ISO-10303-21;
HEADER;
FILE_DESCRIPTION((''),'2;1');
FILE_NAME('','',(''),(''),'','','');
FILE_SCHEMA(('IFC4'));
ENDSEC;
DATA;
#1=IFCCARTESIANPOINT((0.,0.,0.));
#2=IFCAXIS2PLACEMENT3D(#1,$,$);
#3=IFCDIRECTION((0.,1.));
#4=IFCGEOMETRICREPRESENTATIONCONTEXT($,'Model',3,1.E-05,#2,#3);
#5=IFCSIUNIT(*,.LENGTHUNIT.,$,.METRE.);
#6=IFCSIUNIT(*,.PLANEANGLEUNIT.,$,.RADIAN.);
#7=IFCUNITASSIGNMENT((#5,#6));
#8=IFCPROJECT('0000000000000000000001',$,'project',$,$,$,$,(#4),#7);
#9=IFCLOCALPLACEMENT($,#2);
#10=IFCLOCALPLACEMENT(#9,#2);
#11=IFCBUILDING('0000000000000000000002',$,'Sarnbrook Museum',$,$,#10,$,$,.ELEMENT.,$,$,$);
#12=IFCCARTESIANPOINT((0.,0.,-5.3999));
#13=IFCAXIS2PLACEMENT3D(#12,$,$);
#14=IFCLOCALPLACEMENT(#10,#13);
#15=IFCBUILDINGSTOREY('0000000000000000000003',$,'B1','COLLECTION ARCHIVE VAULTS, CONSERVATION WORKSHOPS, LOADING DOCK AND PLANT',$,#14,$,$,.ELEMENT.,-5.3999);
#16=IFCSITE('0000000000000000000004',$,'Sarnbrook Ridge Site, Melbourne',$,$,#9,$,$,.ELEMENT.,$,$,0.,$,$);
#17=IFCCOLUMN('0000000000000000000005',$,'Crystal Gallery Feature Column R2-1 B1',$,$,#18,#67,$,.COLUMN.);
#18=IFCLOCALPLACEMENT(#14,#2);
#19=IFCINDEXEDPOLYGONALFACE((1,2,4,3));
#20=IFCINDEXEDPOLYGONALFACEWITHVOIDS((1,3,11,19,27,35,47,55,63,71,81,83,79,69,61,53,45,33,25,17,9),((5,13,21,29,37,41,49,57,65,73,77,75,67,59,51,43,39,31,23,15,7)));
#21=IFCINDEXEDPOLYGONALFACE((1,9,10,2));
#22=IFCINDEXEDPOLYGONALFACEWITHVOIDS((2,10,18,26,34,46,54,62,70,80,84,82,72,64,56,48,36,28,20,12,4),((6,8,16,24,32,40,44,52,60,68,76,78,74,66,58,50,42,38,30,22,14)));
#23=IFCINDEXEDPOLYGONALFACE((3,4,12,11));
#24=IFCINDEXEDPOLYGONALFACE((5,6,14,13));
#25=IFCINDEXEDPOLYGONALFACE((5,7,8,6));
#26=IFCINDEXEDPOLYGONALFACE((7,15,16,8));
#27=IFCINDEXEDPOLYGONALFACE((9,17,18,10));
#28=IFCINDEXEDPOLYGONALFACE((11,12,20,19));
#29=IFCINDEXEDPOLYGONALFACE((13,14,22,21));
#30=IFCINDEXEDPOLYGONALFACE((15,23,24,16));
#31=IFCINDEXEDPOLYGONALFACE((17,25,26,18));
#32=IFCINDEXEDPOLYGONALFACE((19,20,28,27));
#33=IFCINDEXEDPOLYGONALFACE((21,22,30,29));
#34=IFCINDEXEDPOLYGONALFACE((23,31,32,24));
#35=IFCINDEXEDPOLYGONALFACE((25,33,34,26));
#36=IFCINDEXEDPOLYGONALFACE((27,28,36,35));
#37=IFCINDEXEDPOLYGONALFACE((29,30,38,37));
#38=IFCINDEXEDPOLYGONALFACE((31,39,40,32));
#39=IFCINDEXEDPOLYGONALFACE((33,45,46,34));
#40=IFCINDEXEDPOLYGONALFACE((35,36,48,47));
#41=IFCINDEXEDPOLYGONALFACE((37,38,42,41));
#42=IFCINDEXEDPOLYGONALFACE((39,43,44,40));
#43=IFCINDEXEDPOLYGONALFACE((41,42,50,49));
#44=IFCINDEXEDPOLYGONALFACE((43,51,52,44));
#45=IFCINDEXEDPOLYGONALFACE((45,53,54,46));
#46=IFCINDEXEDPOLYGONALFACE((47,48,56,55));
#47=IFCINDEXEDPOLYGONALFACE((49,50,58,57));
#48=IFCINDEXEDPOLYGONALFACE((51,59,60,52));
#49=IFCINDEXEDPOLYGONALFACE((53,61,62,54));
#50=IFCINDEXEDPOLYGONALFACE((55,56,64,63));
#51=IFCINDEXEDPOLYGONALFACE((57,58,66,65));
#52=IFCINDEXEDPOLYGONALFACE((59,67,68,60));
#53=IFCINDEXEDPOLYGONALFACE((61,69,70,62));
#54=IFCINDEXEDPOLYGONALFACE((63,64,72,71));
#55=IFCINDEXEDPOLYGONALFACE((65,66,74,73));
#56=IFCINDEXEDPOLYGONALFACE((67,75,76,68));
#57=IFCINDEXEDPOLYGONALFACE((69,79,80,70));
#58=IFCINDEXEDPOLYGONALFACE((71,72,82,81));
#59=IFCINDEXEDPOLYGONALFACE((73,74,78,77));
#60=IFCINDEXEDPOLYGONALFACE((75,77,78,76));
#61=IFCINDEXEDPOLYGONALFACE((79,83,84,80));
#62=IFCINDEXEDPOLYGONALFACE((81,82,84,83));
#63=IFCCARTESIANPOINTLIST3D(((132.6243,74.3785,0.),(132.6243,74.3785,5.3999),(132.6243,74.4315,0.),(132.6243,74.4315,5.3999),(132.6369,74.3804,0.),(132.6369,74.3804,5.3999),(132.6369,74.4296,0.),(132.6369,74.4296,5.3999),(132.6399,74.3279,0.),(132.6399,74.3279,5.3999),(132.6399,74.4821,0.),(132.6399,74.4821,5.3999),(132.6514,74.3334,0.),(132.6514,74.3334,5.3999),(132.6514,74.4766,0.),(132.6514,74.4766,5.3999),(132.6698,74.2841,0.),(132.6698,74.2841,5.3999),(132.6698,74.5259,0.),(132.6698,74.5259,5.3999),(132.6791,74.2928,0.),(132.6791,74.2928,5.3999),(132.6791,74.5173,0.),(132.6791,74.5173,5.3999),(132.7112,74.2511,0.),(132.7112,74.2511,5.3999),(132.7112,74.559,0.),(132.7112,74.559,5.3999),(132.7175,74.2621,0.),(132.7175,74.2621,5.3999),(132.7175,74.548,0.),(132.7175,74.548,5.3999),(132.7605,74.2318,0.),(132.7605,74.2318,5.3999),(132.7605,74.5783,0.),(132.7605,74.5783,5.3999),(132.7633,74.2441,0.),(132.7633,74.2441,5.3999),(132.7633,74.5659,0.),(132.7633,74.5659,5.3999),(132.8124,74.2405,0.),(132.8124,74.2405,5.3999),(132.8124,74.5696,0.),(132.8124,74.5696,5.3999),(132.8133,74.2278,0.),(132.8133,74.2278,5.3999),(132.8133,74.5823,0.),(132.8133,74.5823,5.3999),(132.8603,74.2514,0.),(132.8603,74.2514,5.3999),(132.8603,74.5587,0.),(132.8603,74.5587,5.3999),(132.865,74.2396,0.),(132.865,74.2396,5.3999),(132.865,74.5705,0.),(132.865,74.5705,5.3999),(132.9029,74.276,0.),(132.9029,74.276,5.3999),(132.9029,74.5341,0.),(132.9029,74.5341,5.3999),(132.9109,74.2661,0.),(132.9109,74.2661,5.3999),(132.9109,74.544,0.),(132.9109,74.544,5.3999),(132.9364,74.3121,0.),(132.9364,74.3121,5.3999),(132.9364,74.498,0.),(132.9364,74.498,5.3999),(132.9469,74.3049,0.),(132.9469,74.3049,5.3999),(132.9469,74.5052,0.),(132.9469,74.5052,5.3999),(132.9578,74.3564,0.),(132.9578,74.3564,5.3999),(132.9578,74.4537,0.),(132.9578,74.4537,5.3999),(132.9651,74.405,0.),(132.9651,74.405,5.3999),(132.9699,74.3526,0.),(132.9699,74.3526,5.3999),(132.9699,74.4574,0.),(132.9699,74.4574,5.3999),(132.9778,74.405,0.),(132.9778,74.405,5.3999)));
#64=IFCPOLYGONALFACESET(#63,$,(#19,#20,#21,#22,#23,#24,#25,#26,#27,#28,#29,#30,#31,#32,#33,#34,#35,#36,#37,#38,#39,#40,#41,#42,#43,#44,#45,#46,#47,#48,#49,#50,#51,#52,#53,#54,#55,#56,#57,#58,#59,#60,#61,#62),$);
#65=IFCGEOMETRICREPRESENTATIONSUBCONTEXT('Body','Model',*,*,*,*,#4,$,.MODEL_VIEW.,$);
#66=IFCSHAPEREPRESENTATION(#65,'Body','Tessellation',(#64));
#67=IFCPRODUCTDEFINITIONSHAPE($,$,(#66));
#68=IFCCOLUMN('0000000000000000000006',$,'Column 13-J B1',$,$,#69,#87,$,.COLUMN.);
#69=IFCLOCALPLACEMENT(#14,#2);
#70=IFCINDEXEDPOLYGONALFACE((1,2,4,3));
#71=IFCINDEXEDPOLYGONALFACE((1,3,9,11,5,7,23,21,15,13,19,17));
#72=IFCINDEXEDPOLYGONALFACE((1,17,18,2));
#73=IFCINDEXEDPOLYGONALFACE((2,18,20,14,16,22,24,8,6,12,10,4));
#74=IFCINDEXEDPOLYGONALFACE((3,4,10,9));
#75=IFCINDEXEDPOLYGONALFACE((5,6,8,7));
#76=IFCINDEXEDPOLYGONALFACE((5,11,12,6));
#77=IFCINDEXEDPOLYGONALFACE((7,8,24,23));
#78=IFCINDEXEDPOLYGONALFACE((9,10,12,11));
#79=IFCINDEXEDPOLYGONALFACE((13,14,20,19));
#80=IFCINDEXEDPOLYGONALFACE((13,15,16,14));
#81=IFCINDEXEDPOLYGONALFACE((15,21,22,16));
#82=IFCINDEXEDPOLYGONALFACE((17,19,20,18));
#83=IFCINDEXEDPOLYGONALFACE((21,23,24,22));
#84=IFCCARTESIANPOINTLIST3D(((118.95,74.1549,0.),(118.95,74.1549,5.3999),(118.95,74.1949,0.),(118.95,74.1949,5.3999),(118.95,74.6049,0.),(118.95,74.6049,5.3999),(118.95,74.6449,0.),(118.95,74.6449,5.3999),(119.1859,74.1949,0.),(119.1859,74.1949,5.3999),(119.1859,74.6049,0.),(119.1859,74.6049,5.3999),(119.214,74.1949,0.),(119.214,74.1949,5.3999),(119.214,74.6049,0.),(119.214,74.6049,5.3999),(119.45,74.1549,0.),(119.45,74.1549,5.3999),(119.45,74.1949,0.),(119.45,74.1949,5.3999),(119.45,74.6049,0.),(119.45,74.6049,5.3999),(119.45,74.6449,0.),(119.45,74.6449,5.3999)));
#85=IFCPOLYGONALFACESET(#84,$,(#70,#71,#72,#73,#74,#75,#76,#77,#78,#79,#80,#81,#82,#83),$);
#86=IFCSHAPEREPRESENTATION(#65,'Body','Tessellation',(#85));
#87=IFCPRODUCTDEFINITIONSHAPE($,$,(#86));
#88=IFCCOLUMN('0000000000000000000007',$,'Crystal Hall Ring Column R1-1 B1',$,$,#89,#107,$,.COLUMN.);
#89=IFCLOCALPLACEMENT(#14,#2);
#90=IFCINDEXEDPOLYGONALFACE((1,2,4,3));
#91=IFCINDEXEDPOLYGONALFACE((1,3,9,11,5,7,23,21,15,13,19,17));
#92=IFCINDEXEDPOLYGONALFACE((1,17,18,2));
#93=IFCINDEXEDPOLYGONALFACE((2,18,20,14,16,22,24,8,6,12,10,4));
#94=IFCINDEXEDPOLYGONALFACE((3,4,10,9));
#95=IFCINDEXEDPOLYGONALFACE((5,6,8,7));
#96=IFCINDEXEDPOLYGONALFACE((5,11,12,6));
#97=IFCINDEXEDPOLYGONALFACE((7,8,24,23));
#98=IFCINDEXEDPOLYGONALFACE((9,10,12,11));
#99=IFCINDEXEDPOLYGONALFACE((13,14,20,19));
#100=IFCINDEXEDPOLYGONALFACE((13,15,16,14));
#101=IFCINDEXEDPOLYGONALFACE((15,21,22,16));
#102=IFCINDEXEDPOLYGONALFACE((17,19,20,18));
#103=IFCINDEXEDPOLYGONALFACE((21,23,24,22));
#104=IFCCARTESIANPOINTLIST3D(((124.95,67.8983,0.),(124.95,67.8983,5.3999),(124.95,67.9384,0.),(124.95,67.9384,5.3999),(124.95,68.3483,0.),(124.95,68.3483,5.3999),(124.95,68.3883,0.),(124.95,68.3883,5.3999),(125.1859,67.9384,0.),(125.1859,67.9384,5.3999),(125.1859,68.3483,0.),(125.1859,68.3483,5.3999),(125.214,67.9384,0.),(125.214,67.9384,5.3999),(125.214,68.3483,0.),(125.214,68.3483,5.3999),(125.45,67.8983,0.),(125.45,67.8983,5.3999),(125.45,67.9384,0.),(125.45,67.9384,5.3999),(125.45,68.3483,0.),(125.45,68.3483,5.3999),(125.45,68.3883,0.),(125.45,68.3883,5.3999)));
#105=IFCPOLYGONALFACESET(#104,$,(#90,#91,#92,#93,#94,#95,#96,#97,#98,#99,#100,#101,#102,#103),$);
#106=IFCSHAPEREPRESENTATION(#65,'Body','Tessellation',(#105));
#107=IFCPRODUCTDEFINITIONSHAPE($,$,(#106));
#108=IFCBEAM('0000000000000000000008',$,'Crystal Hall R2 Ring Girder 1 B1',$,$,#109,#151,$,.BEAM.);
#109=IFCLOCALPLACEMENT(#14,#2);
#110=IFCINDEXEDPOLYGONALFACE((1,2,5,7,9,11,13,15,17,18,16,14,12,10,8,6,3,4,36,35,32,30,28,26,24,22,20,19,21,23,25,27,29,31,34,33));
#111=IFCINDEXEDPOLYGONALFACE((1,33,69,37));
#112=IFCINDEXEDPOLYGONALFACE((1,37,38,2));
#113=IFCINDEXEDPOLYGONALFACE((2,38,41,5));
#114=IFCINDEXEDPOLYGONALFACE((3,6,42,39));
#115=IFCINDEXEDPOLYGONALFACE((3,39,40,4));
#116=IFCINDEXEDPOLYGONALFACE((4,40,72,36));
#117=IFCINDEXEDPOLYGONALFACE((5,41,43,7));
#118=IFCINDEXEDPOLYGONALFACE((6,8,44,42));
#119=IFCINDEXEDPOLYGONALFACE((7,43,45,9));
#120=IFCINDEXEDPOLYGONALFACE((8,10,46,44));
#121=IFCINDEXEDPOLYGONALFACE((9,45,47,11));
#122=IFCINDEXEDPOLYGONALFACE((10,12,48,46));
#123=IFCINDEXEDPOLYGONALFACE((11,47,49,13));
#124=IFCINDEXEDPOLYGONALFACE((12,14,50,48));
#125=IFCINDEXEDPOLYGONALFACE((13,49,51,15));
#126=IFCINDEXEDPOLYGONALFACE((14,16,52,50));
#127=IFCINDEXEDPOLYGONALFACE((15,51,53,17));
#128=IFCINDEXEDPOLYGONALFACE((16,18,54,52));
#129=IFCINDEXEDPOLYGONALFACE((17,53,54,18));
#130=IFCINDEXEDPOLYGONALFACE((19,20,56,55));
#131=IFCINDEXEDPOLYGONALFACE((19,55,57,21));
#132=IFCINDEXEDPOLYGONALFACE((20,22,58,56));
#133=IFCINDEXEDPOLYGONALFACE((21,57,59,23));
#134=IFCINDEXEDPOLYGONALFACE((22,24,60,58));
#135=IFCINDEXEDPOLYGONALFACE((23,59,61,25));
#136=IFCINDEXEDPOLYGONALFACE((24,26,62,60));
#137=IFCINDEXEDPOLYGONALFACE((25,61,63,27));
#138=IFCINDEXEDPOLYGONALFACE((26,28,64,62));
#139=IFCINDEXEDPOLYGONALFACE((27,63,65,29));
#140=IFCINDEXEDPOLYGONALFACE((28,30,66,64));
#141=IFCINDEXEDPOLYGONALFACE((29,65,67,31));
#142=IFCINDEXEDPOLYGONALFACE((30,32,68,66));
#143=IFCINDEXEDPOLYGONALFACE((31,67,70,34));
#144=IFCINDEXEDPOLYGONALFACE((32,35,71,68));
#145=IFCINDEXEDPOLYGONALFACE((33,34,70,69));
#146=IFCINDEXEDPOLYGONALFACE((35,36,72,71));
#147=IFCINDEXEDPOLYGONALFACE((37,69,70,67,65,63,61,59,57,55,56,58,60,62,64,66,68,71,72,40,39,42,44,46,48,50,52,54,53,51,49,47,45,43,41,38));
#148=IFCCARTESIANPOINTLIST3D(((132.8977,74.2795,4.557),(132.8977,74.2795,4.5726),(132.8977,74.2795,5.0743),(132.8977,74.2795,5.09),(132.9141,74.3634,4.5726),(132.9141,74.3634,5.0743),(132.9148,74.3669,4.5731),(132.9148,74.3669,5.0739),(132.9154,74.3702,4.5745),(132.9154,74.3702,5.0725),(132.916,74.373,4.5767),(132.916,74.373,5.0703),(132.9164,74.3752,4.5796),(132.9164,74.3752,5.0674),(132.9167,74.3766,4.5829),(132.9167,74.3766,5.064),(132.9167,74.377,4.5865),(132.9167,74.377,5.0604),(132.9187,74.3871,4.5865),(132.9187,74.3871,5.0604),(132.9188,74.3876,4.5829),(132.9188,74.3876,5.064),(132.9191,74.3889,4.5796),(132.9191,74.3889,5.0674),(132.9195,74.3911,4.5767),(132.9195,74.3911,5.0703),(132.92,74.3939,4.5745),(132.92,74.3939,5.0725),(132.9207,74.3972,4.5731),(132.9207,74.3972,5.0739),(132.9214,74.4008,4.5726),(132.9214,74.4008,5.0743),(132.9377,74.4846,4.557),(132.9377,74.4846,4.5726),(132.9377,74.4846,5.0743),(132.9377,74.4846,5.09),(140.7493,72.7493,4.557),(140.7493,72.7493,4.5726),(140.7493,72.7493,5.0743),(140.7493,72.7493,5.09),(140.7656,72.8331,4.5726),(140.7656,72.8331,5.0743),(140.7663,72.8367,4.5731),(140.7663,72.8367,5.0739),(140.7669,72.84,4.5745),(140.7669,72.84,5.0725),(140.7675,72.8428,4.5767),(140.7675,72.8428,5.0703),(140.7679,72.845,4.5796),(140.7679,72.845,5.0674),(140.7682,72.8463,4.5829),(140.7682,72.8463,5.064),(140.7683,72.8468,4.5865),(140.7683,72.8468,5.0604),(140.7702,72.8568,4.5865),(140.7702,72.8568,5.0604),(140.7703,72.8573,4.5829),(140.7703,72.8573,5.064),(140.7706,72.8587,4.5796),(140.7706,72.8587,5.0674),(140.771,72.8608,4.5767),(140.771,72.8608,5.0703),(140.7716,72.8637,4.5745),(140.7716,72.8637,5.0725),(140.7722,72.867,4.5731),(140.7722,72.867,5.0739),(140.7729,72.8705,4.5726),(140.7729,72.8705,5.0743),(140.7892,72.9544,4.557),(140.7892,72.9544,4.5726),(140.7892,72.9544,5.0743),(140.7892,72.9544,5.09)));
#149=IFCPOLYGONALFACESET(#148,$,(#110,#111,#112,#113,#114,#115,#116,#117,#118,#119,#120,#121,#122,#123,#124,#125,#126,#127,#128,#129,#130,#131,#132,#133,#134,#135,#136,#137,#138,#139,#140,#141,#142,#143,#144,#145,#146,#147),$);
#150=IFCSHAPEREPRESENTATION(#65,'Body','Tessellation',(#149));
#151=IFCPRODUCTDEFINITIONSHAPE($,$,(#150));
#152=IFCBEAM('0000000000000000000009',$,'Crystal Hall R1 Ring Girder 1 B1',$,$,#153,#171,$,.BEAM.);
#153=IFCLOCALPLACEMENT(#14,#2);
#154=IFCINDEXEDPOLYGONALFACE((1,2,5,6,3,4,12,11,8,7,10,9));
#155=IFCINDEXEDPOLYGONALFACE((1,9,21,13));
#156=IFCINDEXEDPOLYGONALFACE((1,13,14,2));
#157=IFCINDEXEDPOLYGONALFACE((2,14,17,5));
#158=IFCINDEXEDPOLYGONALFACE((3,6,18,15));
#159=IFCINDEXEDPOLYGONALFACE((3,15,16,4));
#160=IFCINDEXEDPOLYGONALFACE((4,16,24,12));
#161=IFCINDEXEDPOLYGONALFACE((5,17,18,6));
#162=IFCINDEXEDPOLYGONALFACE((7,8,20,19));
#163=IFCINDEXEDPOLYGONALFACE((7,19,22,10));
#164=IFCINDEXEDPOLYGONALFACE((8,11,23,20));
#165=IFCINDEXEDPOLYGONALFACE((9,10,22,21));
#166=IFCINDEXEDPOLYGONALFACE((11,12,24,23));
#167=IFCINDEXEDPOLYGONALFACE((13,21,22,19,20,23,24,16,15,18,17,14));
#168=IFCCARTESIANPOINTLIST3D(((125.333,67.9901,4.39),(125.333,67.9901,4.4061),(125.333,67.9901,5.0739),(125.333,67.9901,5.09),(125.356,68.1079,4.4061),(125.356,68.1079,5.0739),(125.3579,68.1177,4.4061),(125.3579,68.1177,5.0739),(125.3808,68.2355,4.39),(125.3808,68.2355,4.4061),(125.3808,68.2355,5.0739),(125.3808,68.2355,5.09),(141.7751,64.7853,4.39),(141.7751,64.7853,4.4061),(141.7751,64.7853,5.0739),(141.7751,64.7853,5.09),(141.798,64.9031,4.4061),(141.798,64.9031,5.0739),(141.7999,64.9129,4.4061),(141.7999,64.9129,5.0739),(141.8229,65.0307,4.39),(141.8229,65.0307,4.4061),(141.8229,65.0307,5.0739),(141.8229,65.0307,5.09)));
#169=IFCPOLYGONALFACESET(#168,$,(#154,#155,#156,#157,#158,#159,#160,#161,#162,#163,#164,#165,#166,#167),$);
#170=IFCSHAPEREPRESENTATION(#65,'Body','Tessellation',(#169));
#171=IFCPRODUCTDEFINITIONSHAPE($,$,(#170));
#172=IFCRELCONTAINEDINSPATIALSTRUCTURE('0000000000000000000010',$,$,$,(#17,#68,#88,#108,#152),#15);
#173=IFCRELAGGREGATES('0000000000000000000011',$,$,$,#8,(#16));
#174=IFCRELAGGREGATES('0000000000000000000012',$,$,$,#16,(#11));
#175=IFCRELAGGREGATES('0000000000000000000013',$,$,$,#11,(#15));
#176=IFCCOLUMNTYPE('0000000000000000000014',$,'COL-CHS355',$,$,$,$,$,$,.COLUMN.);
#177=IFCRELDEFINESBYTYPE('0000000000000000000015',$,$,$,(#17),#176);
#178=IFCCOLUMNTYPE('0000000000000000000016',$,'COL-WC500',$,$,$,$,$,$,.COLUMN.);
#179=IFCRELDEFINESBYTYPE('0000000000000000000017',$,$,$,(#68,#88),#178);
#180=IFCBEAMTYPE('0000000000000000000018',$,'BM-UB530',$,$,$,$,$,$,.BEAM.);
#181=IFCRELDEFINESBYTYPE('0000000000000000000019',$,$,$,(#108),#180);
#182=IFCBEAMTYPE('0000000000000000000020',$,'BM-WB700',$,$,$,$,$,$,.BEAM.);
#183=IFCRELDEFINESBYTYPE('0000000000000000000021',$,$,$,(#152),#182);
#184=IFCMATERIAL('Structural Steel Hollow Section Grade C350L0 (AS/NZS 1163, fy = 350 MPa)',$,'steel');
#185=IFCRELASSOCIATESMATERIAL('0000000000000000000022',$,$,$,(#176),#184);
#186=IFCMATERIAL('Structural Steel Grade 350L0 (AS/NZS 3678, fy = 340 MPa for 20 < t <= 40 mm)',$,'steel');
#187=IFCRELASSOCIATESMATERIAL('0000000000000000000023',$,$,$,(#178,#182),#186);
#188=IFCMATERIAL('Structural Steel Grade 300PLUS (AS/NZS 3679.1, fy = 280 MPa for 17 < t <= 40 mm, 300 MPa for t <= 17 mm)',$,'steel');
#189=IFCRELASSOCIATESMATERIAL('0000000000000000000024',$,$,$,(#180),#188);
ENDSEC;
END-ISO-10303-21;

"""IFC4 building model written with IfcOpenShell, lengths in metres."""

from ifc_helpers import new_model, si_unit, direction, frame, origin, origin_2d, place, context, subcontext, project, spatial, hollow_circle, i_section, extrude, material, material_profile, profile_set, type_object, element, save


model = new_model("IFC4")

# Units and contexts
model_context = context("Model", 3, precision=1e-05, world=origin(), true_north=direction((0.0, 1.0)))
body_context = subcontext(model_context, "Body", "Model", "MODEL_VIEW")
ifc_project = project(units=[si_unit("LENGTHUNIT", "METRE"), si_unit("PLANEANGLEUNIT", "RADIAN")], contexts=[model_context])

# Site, building, storey
site_placement = place(None, origin())
site = spatial("IfcSite", under=ifc_project, at=site_placement, Name="Sarnbrook Ridge Site, Melbourne", CompositionType="ELEMENT", RefElevation=0.0)
building_placement = place(site_placement, origin())
building = spatial("IfcBuilding", under=site, at=building_placement, Name="Sarnbrook Museum", CompositionType="ELEMENT")
storey_placement = place(building_placement, frame((0.0, 0.0, -5.3999)))
storey = spatial("IfcBuildingStorey", under=building, at=storey_placement, Name="B1", Description="COLLECTION ARCHIVE VAULTS, CONSERVATION WORKSHOPS, LOADING DOCK AND PLANT", CompositionType="ELEMENT", Elevation=-5.3999)

# Columns
ifc_material_1 = material(Name="Structural Steel Hollow Section Grade C350L0 (AS/NZS 1163, fy = 350 MPa)", Category="steel")
ifc_material_profile_1 = material_profile(ifc_material_1, hollow_circle(Radius=0.1777, WallThickness=0.0127, at=origin_2d()), Name="355.6x12.7CHS")
ifc_profile_set_1 = profile_set([ifc_material_profile_1], Name="Structural Steel Hollow Section Grade C350L0 (AS/NZS 1163, fy = 350 MPa)")
column_type_1 = type_object("IfcColumnType", Name="COL-CHS355", PredefinedType="COLUMN", material=ifc_profile_set_1)
column_placement = place(storey_placement, frame((132.8, 74.405, 0.0), z_axis=(0.0, 0.0, 1.0), x_axis=(1.0, 0.0, 0.0)))
element("IfcColumn", 1, at=column_placement, inside=storey, type_object=column_type_1, Name="Crystal Gallery Feature Column R2-1 B1", PredefinedType="COLUMN", context=body_context, shape_type="SweptSolid", body=[
    extrude(hollow_circle(Radius=0.1777, WallThickness=0.0127, at=origin_2d()), origin(), (0.0, 0.0, 1.0), 5.3999),
])
ifc_material_2 = material(Name="Structural Steel Grade 350L0 (AS/NZS 3678, fy = 340 MPa for 20 < t <= 40 mm)", Category="steel")
ifc_material_profile_2 = material_profile(ifc_material_2, i_section(OverallWidth=0.5, OverallDepth=0.49, WebThickness=0.0281, FlangeThickness=0.04, at=origin_2d()), Name="500WC340")
ifc_profile_set_2 = profile_set([ifc_material_profile_2], Name="Structural Steel Grade 350L0 (AS/NZS 3678, fy = 340 MPa for 20 < t <= 40 mm)")
column_type_2 = type_object("IfcColumnType", Name="COL-WC500", PredefinedType="COLUMN", material=ifc_profile_set_2)
for number, where, z_axis, x_axis, name in (
    (2, (119.2, 74.3999, 0.0), (0.0, 0.0, 1.0), (1.0, 0.0, 0.0), "Column 13-J B1"),
    (3, (125.2, 68.1433, 0.0), (0.0, 0.0, 1.0), (1.0, 0.0, 0.0), "Crystal Hall Ring Column R1-1 B1"),
):
    element("IfcColumn", number, at=place(storey_placement, frame(where, z_axis=z_axis, x_axis=x_axis)), inside=storey, type_object=column_type_2, Name=name, PredefinedType="COLUMN", context=body_context, shape_type="SweptSolid", body=[
        extrude(i_section(OverallWidth=0.5, OverallDepth=0.49, WebThickness=0.0281, FlangeThickness=0.04, at=origin_2d()), origin(), (0.0, 0.0, 1.0), 5.3999),
    ])

# Beams
ifc_material_3 = material(Name="Structural Steel Grade 300PLUS (AS/NZS 3679.1, fy = 280 MPa for 17 < t <= 40 mm, 300 MPa for t <= 17 mm)", Category="steel")
ifc_material_profile_3 = material_profile(ifc_material_3, i_section(OverallWidth=0.209, OverallDepth=0.533, WebThickness=0.0103, FlangeThickness=0.0156, FilletRadius=0.0139, at=origin_2d()), Name="530UB92.4")
ifc_profile_set_3 = profile_set([ifc_material_profile_3], Name="Structural Steel Grade 300PLUS (AS/NZS 3679.1, fy = 280 MPa for 17 < t <= 40 mm, 300 MPa for t <= 17 mm)")
beam_type_1 = type_object("IfcBeamType", Name="BM-UB530", PredefinedType="BEAM", material=ifc_profile_set_3)
beam_1_placement = place(storey_placement, frame((132.9177, 74.3821, 4.8235), z_axis=(0.981531, -0.191301, 0.0), x_axis=(0.191301, 0.981531, 0.0)))
element("IfcBeam", 4, at=beam_1_placement, inside=storey, type_object=beam_type_1, Name="Crystal Hall R2 Ring Girder 1 B1", PredefinedType="BEAM", context=body_context, shape_type="SweptSolid", body=[
    extrude(i_section(OverallWidth=0.209, OverallDepth=0.533, WebThickness=0.0103, FlangeThickness=0.0156, FilletRadius=0.0139, at=origin_2d()), origin(), (0.0, 0.0, 1.0), 7.9993),
])
ifc_material_profile_4 = material_profile(ifc_material_2, i_section(OverallWidth=0.25, OverallDepth=0.7, WebThickness=0.01, FlangeThickness=0.0161, at=origin_2d()), Name="700WB130")
ifc_profile_set_4 = profile_set([ifc_material_profile_4], Name="Structural Steel Grade 350L0 (AS/NZS 3678, fy = 340 MPa for 20 < t <= 40 mm)")
beam_type_2 = type_object("IfcBeamType", Name="BM-WB700", PredefinedType="BEAM", material=ifc_profile_set_4)
beam_2_placement = place(storey_placement, frame((125.3569, 68.1128, 4.74), z_axis=(0.981529, -0.191316, 0.0), x_axis=(0.191316, 0.981529, 0.0)))
element("IfcBeam", 5, at=beam_2_placement, inside=storey, type_object=beam_type_2, Name="Crystal Hall R1 Ring Girder 1 B1", PredefinedType="BEAM", context=body_context, shape_type="SweptSolid", body=[
    extrude(i_section(OverallWidth=0.25, OverallDepth=0.7, WebThickness=0.01, FlangeThickness=0.0161, at=origin_2d()), origin(), (0.0, 0.0, 1.0), 16.7515),
])

save(model, "model.ifc")
